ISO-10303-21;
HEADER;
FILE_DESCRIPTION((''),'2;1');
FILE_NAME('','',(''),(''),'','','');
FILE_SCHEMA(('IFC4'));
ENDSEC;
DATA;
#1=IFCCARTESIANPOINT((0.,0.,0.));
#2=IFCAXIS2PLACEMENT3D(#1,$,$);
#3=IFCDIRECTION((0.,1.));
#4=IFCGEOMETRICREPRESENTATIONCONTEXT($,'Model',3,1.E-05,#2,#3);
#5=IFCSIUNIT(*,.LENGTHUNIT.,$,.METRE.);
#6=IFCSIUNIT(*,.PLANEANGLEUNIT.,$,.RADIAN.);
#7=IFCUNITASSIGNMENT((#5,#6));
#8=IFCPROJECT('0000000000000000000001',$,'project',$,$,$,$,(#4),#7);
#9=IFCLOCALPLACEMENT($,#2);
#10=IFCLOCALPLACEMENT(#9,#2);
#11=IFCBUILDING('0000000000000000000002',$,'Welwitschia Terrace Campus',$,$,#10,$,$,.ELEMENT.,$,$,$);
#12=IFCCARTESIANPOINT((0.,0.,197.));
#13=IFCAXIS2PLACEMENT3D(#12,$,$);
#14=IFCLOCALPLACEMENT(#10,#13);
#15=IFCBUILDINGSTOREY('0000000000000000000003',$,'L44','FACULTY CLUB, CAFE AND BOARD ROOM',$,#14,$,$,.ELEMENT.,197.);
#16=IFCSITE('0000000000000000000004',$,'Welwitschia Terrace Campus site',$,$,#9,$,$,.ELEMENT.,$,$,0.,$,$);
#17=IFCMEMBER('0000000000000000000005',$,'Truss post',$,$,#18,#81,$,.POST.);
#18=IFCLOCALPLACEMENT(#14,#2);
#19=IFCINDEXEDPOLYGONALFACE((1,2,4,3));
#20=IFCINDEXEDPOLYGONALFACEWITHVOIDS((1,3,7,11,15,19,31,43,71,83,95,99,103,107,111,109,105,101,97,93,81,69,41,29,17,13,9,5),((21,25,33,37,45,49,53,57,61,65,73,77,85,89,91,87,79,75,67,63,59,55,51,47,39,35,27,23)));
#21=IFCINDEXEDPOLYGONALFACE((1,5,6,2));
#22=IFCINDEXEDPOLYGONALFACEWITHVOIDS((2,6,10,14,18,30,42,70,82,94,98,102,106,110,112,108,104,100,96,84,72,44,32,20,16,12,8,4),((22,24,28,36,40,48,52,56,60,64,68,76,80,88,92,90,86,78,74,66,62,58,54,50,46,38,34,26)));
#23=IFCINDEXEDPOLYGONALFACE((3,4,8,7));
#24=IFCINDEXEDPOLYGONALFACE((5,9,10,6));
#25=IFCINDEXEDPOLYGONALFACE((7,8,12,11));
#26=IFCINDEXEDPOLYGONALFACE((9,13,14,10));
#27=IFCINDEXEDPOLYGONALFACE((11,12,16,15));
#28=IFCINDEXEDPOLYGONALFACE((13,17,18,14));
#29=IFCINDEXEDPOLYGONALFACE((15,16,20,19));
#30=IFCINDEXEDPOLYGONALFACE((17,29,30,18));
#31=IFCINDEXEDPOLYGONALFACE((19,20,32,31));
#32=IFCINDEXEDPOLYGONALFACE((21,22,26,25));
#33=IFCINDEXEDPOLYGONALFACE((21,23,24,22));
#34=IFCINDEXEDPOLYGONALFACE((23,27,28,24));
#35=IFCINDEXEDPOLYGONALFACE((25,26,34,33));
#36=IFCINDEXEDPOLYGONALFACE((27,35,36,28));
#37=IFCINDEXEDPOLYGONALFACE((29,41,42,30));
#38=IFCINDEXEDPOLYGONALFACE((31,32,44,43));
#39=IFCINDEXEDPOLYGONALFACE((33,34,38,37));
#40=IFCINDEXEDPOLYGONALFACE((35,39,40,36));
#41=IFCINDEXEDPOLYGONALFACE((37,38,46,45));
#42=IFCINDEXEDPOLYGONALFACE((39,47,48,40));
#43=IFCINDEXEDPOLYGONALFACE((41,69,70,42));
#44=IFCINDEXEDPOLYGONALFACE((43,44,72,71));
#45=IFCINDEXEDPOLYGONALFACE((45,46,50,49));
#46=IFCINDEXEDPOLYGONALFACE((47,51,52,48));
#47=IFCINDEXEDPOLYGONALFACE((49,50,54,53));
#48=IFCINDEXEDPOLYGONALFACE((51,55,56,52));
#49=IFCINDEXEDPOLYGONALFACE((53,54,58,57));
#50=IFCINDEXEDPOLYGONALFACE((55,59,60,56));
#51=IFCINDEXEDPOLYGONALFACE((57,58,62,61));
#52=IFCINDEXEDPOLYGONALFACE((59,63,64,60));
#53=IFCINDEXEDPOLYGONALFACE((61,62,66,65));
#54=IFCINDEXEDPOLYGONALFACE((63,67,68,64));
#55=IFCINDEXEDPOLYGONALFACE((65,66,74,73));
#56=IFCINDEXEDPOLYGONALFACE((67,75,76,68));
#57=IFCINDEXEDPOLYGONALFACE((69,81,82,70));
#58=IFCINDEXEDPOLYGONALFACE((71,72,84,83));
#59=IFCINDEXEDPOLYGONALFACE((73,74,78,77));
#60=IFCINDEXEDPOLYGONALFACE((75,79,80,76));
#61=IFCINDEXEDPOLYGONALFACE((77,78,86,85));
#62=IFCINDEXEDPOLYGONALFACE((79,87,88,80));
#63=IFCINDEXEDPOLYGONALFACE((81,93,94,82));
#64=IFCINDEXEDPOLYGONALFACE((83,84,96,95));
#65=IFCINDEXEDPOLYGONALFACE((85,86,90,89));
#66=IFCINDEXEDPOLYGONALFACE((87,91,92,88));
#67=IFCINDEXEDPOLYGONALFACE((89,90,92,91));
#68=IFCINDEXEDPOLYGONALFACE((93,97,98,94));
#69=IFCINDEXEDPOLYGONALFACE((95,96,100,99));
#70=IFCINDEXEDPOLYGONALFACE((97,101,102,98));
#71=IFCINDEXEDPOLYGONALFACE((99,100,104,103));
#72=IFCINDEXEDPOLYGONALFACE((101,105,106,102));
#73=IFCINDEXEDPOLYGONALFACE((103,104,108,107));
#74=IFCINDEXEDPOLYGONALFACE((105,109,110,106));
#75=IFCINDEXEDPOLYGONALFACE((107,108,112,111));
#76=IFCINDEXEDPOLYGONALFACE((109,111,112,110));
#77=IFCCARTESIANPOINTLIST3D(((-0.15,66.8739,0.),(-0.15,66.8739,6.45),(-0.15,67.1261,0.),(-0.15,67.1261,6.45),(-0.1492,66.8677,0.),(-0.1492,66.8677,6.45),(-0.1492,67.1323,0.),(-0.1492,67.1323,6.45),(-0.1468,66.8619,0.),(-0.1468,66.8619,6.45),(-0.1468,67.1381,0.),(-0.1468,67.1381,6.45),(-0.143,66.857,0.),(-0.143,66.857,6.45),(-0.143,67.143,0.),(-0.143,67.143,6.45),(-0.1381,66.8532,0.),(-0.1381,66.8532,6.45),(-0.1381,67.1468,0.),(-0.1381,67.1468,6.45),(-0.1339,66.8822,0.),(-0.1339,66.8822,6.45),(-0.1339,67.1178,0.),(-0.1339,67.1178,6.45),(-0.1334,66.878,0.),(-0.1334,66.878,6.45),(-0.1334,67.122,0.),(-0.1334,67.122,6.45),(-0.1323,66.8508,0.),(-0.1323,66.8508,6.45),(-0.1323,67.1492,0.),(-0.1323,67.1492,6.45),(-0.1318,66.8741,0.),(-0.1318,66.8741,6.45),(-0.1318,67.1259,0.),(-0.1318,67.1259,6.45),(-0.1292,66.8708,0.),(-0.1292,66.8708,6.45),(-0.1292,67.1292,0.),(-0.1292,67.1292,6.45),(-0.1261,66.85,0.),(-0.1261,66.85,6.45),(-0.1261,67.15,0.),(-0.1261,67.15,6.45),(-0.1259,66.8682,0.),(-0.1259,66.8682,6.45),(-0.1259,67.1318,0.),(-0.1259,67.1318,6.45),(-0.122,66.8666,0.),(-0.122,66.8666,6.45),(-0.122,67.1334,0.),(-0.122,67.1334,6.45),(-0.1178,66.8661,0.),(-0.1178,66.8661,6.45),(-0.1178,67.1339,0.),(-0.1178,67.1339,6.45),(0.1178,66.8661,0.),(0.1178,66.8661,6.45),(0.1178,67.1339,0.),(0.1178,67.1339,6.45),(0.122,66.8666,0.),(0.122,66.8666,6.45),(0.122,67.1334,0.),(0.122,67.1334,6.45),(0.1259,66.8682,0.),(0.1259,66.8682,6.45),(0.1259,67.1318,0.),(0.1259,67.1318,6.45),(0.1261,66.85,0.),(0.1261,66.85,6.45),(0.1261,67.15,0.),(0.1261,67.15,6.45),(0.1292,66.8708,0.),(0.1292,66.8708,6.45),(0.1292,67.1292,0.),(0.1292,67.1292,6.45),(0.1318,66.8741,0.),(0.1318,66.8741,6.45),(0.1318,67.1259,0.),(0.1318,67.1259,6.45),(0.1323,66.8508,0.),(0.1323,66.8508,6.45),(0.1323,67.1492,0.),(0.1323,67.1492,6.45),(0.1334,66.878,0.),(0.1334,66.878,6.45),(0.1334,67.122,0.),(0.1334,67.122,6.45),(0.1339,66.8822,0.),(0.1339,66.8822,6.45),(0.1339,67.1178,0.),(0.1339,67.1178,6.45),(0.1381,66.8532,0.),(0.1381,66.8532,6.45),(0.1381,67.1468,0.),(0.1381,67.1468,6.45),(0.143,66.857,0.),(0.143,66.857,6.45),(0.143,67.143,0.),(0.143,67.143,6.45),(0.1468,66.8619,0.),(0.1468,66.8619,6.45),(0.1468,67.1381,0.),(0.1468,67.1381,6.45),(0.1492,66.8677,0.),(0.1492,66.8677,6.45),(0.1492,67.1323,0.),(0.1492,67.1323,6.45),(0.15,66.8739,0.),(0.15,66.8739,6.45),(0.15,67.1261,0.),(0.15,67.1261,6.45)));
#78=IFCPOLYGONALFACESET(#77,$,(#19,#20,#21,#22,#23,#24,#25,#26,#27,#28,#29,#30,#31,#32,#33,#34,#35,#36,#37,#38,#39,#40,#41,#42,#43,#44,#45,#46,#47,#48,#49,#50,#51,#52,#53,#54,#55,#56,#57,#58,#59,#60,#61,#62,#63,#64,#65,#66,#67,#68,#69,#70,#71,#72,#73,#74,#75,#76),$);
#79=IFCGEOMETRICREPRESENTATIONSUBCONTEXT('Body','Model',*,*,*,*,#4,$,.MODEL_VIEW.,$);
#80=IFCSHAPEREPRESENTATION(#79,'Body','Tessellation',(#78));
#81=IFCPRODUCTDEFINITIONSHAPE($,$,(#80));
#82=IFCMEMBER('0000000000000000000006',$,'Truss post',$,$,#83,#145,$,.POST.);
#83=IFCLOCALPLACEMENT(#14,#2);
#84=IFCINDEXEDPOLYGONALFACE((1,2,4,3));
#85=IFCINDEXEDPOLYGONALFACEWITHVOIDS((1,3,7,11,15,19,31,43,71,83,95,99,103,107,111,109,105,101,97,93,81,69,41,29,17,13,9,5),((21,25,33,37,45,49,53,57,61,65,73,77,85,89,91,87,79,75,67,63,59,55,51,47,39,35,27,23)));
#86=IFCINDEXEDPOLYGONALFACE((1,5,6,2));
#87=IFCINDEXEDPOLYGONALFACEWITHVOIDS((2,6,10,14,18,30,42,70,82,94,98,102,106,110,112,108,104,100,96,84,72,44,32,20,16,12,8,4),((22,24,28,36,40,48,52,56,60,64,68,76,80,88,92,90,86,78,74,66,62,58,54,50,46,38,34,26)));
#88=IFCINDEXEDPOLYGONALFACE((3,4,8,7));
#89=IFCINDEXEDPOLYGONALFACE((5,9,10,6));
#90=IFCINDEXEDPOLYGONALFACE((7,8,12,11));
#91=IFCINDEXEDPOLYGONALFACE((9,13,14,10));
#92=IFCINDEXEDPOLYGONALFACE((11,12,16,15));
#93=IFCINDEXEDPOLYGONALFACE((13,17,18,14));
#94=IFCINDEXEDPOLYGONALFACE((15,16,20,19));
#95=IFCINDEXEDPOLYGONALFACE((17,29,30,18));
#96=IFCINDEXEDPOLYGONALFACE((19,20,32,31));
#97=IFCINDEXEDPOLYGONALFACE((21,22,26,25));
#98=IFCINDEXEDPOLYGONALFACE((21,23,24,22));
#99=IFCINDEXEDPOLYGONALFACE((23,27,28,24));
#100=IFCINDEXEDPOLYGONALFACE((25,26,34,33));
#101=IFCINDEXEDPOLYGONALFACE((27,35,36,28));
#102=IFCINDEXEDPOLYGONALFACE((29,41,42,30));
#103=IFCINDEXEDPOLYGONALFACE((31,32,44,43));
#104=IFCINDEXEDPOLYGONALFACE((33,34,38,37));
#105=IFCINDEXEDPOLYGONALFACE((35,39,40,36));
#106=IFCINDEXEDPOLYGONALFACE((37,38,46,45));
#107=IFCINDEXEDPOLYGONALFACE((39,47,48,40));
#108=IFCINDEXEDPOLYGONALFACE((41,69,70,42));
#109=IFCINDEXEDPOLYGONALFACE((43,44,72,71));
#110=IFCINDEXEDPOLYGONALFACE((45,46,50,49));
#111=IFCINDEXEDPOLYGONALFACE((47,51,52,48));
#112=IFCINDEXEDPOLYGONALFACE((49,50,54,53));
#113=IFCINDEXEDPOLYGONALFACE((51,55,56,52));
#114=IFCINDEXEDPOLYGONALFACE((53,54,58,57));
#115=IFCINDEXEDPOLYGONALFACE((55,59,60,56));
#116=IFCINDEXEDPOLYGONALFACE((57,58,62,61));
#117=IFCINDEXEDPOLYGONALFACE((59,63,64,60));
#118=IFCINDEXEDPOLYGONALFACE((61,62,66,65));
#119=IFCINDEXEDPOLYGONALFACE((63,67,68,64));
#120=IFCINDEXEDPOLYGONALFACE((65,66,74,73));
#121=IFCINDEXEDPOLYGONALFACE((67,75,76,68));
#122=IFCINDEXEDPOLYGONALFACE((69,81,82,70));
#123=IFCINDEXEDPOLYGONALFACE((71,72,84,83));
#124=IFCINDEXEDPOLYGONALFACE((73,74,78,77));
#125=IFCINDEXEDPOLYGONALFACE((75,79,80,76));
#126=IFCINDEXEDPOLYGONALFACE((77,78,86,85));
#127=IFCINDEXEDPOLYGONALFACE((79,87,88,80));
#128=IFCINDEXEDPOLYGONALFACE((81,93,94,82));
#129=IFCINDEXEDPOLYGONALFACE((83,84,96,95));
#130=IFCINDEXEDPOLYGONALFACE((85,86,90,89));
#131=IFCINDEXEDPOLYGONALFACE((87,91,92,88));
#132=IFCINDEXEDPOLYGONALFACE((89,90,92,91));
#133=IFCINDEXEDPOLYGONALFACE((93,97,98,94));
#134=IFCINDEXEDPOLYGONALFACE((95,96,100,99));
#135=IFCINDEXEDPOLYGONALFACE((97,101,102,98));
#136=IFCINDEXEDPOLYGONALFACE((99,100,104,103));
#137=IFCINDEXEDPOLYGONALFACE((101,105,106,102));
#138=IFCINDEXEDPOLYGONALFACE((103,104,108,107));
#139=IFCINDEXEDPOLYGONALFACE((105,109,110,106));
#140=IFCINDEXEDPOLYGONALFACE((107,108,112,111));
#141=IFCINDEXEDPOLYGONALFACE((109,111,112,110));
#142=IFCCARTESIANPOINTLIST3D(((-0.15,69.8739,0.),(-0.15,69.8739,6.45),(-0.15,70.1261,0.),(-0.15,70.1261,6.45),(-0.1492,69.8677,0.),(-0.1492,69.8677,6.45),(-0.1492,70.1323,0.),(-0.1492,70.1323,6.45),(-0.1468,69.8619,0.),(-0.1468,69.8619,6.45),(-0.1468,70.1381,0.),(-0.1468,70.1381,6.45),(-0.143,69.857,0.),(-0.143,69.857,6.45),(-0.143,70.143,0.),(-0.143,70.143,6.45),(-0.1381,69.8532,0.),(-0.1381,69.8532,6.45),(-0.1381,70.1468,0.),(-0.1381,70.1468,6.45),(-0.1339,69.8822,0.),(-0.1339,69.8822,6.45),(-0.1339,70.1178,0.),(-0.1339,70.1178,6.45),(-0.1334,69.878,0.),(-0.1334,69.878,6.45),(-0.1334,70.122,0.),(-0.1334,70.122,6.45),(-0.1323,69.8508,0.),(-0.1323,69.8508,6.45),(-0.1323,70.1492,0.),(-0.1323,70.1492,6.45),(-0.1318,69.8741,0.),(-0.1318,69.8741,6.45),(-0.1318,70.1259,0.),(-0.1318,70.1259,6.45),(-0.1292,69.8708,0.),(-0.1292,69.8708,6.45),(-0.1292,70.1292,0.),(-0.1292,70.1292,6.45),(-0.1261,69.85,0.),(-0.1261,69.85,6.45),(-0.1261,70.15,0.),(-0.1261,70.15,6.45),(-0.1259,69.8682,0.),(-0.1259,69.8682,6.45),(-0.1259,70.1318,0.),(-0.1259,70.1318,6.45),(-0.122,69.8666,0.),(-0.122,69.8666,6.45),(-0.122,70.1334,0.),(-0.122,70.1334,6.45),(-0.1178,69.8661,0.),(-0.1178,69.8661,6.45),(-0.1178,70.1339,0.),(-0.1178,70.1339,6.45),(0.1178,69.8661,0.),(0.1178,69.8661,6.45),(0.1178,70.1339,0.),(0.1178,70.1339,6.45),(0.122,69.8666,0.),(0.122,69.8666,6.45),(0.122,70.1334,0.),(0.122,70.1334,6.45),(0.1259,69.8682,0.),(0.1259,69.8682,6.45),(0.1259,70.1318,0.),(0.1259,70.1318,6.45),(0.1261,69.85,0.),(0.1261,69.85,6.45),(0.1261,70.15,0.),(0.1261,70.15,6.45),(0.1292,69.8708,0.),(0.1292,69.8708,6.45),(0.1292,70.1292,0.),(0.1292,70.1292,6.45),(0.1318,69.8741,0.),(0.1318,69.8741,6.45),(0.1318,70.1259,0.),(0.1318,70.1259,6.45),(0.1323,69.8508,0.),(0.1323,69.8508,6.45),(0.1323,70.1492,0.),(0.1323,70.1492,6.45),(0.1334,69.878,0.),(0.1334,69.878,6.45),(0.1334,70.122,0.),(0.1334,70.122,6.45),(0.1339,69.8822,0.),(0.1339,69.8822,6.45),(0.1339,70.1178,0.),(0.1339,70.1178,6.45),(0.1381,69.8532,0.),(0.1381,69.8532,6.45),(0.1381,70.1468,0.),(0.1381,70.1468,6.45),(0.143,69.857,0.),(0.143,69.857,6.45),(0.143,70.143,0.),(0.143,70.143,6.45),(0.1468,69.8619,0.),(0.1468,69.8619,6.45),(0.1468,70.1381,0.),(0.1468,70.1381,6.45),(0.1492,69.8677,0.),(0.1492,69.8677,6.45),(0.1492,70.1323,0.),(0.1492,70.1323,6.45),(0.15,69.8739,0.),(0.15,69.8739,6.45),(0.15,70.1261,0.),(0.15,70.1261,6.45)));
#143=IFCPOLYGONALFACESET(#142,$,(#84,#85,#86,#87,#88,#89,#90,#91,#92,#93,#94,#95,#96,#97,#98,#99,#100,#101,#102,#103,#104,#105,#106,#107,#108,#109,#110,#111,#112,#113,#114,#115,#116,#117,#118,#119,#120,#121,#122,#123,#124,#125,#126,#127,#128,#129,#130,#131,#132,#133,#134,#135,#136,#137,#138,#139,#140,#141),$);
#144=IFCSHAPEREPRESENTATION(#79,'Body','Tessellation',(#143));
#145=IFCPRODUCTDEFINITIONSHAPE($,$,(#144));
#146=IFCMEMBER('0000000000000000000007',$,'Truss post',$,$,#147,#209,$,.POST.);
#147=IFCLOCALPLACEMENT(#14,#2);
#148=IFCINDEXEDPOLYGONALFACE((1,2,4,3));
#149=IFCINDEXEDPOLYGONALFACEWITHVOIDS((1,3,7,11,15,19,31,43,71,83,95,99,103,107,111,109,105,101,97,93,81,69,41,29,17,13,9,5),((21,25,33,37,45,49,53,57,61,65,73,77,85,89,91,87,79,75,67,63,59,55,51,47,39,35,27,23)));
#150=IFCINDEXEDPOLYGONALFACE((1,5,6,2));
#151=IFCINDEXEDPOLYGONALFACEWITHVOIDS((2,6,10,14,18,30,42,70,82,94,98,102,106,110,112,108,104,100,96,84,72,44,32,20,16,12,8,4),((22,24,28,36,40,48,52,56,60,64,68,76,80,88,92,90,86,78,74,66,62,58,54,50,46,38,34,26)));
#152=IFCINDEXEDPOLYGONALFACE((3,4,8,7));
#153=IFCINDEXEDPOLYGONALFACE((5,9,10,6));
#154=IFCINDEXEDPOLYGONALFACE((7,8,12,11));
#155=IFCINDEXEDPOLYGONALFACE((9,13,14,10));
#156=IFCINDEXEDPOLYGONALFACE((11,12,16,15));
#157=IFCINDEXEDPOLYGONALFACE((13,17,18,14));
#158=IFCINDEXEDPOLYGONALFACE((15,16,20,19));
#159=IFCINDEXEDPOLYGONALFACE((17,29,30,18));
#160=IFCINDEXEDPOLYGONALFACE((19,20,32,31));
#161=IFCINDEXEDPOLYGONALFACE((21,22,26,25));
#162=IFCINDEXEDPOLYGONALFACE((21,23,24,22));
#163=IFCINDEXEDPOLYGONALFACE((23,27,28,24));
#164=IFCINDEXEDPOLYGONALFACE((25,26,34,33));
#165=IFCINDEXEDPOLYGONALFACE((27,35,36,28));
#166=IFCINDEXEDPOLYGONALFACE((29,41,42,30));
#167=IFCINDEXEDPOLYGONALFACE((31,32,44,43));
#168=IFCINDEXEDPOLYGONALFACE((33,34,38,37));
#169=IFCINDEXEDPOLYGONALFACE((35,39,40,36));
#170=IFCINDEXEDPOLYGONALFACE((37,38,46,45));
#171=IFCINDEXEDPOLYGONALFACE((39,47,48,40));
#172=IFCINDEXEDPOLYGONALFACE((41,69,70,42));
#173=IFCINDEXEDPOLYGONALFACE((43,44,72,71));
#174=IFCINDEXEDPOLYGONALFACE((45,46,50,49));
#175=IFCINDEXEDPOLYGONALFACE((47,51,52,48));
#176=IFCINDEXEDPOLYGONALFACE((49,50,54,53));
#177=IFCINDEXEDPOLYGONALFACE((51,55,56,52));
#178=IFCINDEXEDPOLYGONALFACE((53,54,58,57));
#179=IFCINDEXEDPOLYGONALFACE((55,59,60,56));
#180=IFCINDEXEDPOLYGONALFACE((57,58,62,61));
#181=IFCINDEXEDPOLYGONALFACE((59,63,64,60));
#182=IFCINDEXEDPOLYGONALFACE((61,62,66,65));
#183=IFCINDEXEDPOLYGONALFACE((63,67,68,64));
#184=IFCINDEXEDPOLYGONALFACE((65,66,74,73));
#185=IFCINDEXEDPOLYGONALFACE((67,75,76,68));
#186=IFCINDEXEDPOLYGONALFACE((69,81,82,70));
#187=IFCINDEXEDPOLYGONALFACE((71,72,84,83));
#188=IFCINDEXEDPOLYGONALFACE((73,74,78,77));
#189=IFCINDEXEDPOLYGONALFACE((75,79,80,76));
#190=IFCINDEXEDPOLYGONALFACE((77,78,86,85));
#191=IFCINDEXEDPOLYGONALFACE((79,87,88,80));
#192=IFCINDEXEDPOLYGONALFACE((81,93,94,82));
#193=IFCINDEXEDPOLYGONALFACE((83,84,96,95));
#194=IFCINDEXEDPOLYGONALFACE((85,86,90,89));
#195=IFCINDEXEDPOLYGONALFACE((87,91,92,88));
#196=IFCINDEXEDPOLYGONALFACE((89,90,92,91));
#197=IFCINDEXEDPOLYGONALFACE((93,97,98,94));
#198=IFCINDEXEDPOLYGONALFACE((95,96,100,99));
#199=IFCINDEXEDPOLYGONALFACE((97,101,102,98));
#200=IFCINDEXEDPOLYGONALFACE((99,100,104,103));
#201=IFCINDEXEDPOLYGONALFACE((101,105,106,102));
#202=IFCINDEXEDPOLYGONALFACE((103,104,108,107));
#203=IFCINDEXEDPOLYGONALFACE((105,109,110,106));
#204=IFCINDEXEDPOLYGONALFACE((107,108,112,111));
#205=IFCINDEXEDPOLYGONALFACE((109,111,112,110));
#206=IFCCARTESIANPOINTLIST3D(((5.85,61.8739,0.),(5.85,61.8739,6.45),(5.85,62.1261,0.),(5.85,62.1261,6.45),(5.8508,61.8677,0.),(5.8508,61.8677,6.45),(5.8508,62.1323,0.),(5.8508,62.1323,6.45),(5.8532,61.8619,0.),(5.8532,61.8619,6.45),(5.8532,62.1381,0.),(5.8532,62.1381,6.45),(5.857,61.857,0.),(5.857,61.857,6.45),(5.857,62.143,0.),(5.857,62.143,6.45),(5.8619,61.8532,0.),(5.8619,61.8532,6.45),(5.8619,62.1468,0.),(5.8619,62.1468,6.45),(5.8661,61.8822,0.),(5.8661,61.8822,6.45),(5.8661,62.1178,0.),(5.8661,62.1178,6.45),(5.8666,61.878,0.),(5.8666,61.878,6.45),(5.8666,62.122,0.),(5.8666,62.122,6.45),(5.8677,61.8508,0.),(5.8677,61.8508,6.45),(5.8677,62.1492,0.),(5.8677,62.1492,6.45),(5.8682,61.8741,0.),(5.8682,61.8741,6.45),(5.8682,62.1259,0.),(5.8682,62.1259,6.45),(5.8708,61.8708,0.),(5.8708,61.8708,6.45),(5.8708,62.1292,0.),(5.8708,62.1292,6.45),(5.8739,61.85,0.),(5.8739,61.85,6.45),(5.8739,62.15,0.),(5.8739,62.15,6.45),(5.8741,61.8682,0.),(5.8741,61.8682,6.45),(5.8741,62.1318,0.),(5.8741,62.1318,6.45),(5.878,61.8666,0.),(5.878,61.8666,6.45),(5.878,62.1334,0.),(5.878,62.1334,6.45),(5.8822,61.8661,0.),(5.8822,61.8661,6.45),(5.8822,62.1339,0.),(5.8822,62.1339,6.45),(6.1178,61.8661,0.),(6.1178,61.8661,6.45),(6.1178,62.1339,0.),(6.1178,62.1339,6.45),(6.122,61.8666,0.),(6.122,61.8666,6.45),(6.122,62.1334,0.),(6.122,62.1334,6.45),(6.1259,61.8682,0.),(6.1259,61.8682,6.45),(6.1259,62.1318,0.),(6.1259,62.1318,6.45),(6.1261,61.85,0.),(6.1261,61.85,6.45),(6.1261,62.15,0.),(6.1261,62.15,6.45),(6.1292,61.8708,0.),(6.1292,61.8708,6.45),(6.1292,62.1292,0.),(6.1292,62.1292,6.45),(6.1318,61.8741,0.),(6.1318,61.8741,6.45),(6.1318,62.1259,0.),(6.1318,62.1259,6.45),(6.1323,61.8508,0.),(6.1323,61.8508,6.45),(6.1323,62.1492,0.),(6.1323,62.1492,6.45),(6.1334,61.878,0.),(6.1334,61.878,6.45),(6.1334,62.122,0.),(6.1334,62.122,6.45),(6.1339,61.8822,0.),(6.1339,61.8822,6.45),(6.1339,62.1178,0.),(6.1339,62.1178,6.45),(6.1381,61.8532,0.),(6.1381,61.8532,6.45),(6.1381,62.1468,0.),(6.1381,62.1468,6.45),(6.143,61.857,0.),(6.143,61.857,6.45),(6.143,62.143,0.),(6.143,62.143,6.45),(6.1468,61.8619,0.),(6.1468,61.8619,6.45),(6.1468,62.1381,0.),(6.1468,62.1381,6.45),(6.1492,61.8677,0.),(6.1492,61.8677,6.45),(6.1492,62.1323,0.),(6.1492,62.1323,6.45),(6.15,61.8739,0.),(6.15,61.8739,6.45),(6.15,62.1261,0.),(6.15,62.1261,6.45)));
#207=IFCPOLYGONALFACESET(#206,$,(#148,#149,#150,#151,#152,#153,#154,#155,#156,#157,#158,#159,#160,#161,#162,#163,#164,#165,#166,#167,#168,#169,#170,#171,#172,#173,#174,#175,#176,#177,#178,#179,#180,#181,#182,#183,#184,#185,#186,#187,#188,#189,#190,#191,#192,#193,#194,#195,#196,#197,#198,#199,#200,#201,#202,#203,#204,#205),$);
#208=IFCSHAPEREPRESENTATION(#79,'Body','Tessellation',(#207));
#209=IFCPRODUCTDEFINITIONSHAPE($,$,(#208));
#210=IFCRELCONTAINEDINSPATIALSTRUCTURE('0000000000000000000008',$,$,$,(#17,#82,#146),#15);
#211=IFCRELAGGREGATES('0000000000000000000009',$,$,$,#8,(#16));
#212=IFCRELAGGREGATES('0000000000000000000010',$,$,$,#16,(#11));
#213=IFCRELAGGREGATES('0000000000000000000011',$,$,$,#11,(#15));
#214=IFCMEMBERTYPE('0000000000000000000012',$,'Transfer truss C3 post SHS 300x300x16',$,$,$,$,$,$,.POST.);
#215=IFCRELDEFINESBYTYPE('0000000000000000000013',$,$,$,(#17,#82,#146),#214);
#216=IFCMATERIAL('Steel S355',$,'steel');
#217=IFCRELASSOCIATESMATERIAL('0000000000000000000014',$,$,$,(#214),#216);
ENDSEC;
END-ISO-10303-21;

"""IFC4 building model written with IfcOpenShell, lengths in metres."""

from ifc_helpers import new_model, si_unit, direction, frame, origin, origin_2d, place, context, subcontext, project, spatial, hollow_rectangle, extrude, material, material_profile, profile_set, type_object, element, save


model = new_model("IFC4")

# Units and contexts
model_context = context("Model", 3, precision=1e-05, world=origin(), true_north=direction((0.0, 1.0)))
body_context = subcontext(model_context, "Body", "Model", "MODEL_VIEW")
ifc_project = project(units=[si_unit("LENGTHUNIT", "METRE"), si_unit("PLANEANGLEUNIT", "RADIAN")], contexts=[model_context])

# Site, building, storey
site_placement = place(None, origin())
site = spatial("IfcSite", under=ifc_project, at=site_placement, Name="Welwitschia Terrace Campus site", CompositionType="ELEMENT", RefElevation=0.0)
building_placement = place(site_placement, origin())
building = spatial("IfcBuilding", under=site, at=building_placement, Name="Welwitschia Terrace Campus", CompositionType="ELEMENT")
storey_placement = place(building_placement, frame((0.0, 0.0, 197.0)))
storey = spatial("IfcBuildingStorey", under=building, at=storey_placement, Name="L44", Description="FACULTY CLUB, CAFE AND BOARD ROOM", CompositionType="ELEMENT", Elevation=197.0)

# Members
ifc_material_1 = material(Name="Steel S355", Category="steel")
ifc_material_profile_1 = material_profile(ifc_material_1, hollow_rectangle(XDim=0.3, YDim=0.3, WallThickness=0.0161, InnerFilletRadius=0.0161, OuterFilletRadius=0.0239, at=origin_2d()))
ifc_profile_set_1 = profile_set([ifc_material_profile_1], Name="Steel S355")
member_type_1 = type_object("IfcMemberType", Name="Transfer truss C3 post SHS 300x300x16", PredefinedType="POST", material=ifc_profile_set_1)
for number, where, z_axis, x_axis, name in (
    (1, (0.0, 67.0, 0.0), (0.0, 0.0, 1.0), (1.0, 0.0, 0.0), "Truss post"),
    (2, (0.0, 70.0, 0.0), (0.0, 0.0, 1.0), (1.0, 0.0, 0.0), "Truss post"),
    (3, (6.0, 62.0, 0.0), (0.0, 0.0, 1.0), (1.0, 0.0, 0.0), "Truss post"),
):
    element("IfcMember", number, at=place(storey_placement, frame(where, z_axis=z_axis, x_axis=x_axis)), inside=storey, type_object=member_type_1, Name=name, PredefinedType="POST", context=body_context, shape_type="SweptSolid", body=[
        extrude(hollow_rectangle(XDim=0.3, YDim=0.3, WallThickness=0.0161, InnerFilletRadius=0.0161, OuterFilletRadius=0.0239, at=origin_2d()), origin(), (0.0, 0.0, 1.0), 6.45),
    ])

save(model, "model.ifc")
